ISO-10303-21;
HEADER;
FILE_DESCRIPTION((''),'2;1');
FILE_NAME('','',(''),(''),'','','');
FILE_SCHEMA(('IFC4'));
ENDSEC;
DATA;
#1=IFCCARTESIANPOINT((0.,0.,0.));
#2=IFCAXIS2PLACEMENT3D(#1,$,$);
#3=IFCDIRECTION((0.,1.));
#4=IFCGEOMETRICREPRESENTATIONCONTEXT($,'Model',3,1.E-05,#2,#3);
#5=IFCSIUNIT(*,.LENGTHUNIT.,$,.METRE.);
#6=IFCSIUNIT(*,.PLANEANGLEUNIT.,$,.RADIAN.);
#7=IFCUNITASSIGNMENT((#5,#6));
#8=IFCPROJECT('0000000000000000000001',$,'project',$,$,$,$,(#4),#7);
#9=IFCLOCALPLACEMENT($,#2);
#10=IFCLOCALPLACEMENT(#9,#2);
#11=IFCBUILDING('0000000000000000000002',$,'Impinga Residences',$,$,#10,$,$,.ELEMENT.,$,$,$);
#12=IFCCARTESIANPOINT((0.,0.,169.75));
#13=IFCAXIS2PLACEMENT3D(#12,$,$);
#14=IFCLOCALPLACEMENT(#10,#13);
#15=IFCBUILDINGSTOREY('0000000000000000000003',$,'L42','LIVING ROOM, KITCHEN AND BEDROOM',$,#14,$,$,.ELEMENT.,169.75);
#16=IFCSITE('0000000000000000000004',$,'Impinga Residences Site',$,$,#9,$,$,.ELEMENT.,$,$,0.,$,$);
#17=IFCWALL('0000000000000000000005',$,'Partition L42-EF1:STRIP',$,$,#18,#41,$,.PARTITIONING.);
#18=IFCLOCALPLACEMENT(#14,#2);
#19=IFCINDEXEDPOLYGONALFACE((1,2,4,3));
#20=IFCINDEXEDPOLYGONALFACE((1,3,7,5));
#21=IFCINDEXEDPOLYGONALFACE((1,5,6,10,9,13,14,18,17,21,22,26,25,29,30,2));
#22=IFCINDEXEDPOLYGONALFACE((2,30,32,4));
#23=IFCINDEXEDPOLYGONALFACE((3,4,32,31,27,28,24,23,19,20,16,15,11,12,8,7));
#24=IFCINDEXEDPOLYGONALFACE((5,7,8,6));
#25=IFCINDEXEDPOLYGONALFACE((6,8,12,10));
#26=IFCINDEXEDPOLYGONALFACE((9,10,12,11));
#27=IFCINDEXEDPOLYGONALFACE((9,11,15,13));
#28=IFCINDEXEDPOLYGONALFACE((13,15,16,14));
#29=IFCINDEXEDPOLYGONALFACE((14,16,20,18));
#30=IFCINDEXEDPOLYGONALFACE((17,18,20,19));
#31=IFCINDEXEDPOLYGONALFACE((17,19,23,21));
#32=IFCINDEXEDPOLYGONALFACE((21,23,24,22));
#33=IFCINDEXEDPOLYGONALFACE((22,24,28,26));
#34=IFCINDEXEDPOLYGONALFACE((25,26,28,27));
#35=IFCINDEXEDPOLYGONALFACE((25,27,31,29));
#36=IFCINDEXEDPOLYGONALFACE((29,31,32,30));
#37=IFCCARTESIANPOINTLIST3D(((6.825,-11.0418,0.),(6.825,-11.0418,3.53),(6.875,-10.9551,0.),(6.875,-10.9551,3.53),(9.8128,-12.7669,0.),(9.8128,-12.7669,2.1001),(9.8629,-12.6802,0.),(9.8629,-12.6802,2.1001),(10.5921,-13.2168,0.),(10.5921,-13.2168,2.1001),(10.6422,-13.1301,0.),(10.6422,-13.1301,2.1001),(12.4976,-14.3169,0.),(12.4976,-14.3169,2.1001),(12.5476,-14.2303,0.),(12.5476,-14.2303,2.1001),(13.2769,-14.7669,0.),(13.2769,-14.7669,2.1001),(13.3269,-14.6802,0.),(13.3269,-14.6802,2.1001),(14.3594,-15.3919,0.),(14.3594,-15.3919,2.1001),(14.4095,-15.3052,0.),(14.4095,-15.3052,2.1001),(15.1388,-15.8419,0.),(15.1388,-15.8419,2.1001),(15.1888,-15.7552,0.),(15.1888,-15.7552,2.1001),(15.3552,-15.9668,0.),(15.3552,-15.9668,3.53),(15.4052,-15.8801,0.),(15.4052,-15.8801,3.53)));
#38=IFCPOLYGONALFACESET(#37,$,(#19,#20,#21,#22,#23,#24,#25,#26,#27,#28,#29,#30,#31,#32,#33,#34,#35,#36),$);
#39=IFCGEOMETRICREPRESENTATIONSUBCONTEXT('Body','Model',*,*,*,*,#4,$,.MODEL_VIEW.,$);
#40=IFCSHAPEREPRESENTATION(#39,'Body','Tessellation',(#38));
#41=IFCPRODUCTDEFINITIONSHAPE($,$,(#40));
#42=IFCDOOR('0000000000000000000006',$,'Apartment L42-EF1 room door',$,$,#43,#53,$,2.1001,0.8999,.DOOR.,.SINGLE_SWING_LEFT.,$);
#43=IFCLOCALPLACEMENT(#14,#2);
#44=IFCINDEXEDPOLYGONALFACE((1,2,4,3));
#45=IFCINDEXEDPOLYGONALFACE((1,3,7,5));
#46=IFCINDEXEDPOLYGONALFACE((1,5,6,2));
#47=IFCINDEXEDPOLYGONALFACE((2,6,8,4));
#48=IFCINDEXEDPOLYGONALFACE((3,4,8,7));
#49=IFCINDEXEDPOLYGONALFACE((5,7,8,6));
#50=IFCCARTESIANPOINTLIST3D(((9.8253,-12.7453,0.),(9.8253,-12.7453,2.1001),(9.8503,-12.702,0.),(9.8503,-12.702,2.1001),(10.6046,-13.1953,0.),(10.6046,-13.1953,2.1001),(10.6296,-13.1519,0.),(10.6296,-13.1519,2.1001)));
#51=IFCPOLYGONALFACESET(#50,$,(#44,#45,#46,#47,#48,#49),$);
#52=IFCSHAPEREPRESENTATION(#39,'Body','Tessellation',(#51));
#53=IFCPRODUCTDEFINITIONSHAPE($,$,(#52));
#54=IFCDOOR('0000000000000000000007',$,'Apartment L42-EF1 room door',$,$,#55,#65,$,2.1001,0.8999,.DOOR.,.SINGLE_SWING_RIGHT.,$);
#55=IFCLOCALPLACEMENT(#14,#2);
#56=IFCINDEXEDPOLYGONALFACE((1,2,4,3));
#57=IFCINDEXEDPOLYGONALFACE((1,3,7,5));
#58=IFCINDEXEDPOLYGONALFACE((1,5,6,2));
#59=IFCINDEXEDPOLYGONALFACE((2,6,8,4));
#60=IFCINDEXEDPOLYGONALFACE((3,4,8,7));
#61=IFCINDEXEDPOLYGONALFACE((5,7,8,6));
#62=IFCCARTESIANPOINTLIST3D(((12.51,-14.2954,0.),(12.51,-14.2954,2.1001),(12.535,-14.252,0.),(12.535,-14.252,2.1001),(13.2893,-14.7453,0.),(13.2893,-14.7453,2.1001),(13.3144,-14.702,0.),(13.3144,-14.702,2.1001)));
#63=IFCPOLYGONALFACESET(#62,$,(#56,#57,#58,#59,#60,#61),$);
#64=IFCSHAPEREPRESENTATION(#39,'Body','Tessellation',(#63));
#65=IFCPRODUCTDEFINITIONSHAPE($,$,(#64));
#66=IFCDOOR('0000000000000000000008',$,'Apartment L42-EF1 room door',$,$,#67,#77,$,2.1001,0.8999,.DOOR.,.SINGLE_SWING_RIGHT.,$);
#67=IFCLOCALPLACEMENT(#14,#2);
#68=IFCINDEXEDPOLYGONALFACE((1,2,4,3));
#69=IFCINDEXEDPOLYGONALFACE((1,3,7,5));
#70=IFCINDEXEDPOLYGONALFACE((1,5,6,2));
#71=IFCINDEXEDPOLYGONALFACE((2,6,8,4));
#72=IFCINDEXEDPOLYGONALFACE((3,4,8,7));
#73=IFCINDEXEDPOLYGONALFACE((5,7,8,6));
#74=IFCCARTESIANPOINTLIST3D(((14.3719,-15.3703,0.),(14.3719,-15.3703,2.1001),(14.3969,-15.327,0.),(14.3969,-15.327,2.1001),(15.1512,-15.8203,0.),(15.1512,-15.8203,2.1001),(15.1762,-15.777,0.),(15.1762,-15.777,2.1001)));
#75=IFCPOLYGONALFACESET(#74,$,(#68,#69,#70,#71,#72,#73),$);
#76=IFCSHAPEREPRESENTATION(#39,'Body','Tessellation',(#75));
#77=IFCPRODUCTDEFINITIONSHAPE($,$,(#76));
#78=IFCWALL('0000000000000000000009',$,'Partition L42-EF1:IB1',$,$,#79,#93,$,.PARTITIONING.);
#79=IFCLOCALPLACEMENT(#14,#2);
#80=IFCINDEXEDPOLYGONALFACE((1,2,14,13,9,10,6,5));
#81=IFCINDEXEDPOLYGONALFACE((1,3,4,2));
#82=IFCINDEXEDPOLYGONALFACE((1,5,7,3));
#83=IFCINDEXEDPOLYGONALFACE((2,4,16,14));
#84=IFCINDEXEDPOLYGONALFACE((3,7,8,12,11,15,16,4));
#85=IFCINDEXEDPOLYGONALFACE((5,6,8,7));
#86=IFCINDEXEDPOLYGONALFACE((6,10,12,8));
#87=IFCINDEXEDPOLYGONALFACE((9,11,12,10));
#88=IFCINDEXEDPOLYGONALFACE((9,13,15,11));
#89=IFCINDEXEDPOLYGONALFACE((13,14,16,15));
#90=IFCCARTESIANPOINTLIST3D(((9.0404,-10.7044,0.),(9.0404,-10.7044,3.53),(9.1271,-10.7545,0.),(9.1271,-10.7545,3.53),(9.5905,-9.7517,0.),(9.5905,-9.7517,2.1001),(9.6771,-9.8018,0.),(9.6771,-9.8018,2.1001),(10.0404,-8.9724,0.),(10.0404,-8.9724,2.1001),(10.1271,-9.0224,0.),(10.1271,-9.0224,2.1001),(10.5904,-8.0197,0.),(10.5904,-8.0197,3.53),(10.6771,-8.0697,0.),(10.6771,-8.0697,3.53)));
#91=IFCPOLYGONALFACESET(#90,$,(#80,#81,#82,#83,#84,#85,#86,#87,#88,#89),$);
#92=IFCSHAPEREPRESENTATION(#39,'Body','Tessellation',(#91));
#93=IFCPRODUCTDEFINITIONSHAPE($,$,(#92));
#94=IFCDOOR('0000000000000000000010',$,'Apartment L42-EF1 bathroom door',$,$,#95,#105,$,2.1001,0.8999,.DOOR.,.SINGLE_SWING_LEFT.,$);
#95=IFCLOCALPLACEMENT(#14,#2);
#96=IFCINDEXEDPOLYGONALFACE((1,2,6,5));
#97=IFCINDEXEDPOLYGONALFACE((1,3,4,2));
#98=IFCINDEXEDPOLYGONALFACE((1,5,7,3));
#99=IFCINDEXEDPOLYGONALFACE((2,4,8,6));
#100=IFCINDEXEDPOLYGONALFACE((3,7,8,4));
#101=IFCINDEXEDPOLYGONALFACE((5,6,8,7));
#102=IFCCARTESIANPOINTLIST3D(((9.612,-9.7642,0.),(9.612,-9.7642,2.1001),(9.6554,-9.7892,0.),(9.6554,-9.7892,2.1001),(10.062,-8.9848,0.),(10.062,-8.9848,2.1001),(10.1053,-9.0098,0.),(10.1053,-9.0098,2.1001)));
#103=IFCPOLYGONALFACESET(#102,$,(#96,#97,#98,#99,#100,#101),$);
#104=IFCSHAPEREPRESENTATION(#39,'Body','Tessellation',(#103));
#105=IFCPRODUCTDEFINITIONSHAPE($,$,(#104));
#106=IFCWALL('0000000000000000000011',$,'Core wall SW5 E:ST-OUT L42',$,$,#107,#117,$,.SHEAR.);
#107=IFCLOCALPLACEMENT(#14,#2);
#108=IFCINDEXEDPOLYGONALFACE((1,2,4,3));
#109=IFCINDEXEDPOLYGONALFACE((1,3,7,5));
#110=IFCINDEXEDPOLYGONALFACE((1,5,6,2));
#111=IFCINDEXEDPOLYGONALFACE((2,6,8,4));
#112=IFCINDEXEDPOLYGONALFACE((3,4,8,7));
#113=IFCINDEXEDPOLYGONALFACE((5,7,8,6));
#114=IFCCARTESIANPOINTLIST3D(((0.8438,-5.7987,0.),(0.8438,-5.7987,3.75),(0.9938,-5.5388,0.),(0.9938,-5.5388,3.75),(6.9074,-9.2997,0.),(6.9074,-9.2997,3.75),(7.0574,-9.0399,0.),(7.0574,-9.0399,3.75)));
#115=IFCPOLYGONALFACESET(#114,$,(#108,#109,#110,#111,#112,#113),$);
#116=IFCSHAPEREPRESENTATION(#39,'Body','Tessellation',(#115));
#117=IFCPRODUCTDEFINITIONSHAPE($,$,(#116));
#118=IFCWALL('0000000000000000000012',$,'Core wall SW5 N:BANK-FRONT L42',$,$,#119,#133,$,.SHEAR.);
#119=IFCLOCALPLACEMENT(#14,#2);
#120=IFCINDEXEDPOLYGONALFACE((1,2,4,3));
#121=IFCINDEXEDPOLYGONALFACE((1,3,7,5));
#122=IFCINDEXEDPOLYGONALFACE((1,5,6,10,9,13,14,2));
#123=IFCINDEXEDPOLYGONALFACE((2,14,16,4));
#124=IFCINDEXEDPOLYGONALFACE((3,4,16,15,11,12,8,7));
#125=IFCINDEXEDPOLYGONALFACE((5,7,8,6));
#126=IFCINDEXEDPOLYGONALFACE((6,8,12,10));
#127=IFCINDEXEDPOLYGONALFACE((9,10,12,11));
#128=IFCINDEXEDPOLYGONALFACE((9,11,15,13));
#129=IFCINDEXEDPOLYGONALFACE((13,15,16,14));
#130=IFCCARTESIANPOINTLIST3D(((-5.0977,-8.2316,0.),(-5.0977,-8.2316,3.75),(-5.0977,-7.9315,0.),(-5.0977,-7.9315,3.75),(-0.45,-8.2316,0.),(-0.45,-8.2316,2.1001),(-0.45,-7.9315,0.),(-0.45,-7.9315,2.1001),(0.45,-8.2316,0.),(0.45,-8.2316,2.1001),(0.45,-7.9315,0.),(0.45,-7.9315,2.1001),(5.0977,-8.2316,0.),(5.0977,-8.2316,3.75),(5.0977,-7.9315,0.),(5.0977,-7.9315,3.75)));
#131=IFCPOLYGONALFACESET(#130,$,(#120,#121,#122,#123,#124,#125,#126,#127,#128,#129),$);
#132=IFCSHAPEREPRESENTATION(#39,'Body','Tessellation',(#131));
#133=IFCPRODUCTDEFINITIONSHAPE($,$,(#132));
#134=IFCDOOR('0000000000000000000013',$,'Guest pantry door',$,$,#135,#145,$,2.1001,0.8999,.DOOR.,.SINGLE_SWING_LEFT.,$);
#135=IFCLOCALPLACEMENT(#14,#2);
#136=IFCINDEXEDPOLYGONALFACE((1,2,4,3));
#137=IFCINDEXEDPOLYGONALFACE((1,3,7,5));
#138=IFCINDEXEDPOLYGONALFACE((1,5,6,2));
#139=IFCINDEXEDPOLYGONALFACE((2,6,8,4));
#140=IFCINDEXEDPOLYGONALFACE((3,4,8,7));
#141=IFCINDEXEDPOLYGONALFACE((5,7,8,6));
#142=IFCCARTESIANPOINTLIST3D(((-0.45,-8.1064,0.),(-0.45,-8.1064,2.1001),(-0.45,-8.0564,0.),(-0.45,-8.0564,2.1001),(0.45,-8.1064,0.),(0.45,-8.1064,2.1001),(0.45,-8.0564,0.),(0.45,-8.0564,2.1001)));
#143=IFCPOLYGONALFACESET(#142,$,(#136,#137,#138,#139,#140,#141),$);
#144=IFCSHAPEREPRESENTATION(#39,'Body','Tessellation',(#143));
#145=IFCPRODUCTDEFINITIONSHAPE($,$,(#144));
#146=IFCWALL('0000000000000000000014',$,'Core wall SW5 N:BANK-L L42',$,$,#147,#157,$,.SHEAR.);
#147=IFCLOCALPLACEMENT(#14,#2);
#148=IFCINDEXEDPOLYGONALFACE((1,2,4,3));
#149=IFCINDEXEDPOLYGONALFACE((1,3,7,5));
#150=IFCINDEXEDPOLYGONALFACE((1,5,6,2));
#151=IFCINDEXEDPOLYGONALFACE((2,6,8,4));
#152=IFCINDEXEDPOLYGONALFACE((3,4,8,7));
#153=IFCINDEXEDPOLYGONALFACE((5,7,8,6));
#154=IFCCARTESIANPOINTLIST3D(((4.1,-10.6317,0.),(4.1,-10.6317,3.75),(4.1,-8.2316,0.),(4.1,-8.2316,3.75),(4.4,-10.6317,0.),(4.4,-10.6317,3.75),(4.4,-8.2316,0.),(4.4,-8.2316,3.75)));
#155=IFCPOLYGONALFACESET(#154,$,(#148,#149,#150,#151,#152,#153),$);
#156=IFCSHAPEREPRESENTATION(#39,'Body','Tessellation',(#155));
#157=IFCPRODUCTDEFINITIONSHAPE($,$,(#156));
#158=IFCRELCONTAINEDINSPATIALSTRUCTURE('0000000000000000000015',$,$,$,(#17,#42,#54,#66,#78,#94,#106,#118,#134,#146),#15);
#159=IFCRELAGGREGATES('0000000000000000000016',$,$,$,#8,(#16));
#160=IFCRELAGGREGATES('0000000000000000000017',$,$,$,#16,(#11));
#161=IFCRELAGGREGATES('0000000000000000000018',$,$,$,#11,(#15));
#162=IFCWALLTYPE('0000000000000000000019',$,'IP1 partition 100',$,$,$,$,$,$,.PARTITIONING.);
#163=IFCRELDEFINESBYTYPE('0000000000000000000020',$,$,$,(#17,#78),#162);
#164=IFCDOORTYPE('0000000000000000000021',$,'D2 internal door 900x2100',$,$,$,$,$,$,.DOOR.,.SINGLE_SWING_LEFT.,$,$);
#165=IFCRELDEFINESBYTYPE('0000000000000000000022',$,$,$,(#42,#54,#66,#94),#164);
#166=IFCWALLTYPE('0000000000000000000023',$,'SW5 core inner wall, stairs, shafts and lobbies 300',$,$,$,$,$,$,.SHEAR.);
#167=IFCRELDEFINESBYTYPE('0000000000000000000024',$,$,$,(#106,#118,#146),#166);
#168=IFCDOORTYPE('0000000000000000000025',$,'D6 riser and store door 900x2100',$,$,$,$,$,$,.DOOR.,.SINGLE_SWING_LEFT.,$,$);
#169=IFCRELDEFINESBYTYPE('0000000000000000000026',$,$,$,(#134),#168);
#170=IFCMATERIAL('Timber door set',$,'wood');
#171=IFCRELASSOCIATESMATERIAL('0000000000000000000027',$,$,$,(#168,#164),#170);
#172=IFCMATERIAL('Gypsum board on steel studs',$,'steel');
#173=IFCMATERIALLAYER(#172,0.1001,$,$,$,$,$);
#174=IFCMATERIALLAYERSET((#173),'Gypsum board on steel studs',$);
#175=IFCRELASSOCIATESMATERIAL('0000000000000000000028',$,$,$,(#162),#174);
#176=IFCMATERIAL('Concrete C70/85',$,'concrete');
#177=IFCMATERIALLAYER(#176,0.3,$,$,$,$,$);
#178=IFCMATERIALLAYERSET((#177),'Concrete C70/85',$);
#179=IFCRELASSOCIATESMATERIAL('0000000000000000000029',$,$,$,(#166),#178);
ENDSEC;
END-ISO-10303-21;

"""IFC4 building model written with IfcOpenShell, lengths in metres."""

from ifc_helpers import new_model, si_unit, direction, frame, frame_2d, origin, place, context, subcontext, project, spatial, rectangle, extrude, material, layer, layer_set, type_object, element, fill, save


model = new_model("IFC4")

# Units and contexts
model_context = context("Model", 3, precision=1e-05, world=origin(), true_north=direction((0.0, 1.0)))
body_context = subcontext(model_context, "Body", "Model", "MODEL_VIEW")
ifc_project = project(units=[si_unit("LENGTHUNIT", "METRE"), si_unit("PLANEANGLEUNIT", "RADIAN")], contexts=[model_context])

# Site, building, storey
site_placement = place(None, origin())
site = spatial("IfcSite", under=ifc_project, at=site_placement, Name="Impinga Residences Site", CompositionType="ELEMENT", RefElevation=0.0)
building_placement = place(site_placement, origin())
building = spatial("IfcBuilding", under=site, at=building_placement, Name="Impinga Residences", CompositionType="ELEMENT")
storey_placement = place(building_placement, frame((0.0, 0.0, 169.75)))
storey = spatial("IfcBuildingStorey", under=building, at=storey_placement, Name="L42", Description="LIVING ROOM, KITCHEN AND BEDROOM", CompositionType="ELEMENT", Elevation=169.75)

# Shared definitions
ifc_material_1 = material(Name="Timber door set", Category="wood")

# Shared definitions
door_type_1 = type_object("IfcDoorType", Name="D6 riser and store door 900x2100", OperationType="SINGLE_SWING_LEFT", PredefinedType="DOOR", material=ifc_material_1)

# Shared definitions
ifc_material_2 = material(Name="Gypsum board on steel studs", Category="steel")
ifc_layer_1 = layer(ifc_material_2, 0.1001)
ifc_layer_set_1 = layer_set([ifc_layer_1], Name="Gypsum board on steel studs")
wall_type_1 = type_object("IfcWallType", Name="IP1 partition 100", PredefinedType="PARTITIONING", material=ifc_layer_set_1)

# Wall, openings, doors
wall_1_placement = place(storey_placement, frame((6.8501, -10.9985, 0.0), z_axis=(0.0, 0.0, 1.0), x_axis=(0.866021, -0.500007, 0.0)))
wall_1 = element("IfcWall", 1, at=wall_1_placement, inside=storey, type_object=wall_type_1, Name="Partition L42-EF1:STRIP", PredefinedType="PARTITIONING", context=body_context, shape_type="SweptSolid", body=[
    extrude(rectangle(XDim=9.8499, YDim=0.1001, at=frame_2d((4.9248, 0.0))), origin(), (0.0, 0.0, 1.0), 3.53),
])
opening_1_placement = place(wall_1_placement, frame((3.45, 0.0, 0.0)))
opening_1 = element("IfcOpeningElement", 2, at=opening_1_placement, cuts=wall_1, PredefinedType="OPENING", context=body_context, shape_type="SweptSolid", body=[
    extrude(rectangle(XDim=0.8999, YDim=2.1001, at=frame_2d((0.45, 1.05))), frame((0.0, 0.0601, 0.0), z_axis=(0.0, -1.0, 0.0), x_axis=(1.0, 0.0, 0.0)), (0.0, 0.0, 1.0), 0.1201),
])
opening_2_placement = place(wall_1_placement, frame((6.55, 0.0, 0.0)))
opening_2 = element("IfcOpeningElement", 3, at=opening_2_placement, cuts=wall_1, PredefinedType="OPENING", context=body_context, shape_type="SweptSolid", body=[
    extrude(rectangle(XDim=0.8999, YDim=2.1001, at=frame_2d((0.45, 1.05))), frame((0.0, 0.0601, 0.0), z_axis=(0.0, -1.0, 0.0), x_axis=(1.0, 0.0, 0.0)), (0.0, 0.0, 1.0), 0.1201),
])
opening_3_placement = place(wall_1_placement, frame((8.7, 0.0, 0.0)))
opening_3 = element("IfcOpeningElement", 4, at=opening_3_placement, cuts=wall_1, PredefinedType="OPENING", context=body_context, shape_type="SweptSolid", body=[
    extrude(rectangle(XDim=0.8999, YDim=2.1001, at=frame_2d((0.45, 1.05))), frame((0.0, 0.0601, 0.0), z_axis=(0.0, -1.0, 0.0), x_axis=(1.0, 0.0, 0.0)), (0.0, 0.0, 1.0), 0.1201),
])
door_type_2 = type_object("IfcDoorType", Name="D2 internal door 900x2100", OperationType="SINGLE_SWING_LEFT", PredefinedType="DOOR", material=ifc_material_1)
door_1_placement = place(opening_1_placement, origin())
door_1 = element("IfcDoor", 5, at=door_1_placement, inside=storey, type_object=door_type_2, Name="Apartment L42-EF1 room door", OperationType="SINGLE_SWING_LEFT", OverallHeight=2.1001, OverallWidth=0.8999, PredefinedType="DOOR", context=body_context, shape_type="SweptSolid", body=[
    extrude(rectangle(XDim=0.8999, YDim=2.1001, at=frame_2d((0.45, 1.05))), frame((0.0, 0.0249, 0.0), z_axis=(0.0, -1.0, 0.0), x_axis=(1.0, 0.0, 0.0)), (0.0, 0.0, 1.0), 0.05),
])
fill(opening_1, door_1)
door_2_placement = place(opening_2_placement, origin())
door_2 = element("IfcDoor", 6, at=door_2_placement, inside=storey, type_object=door_type_2, Name="Apartment L42-EF1 room door", OperationType="SINGLE_SWING_RIGHT", OverallHeight=2.1001, OverallWidth=0.8999, PredefinedType="DOOR", context=body_context, shape_type="SweptSolid", body=[
    extrude(rectangle(XDim=0.8999, YDim=2.1001, at=frame_2d((0.45, 1.05))), frame((0.0, 0.0249, 0.0), z_axis=(0.0, -1.0, 0.0), x_axis=(1.0, 0.0, 0.0)), (0.0, 0.0, 1.0), 0.05),
])
fill(opening_2, door_2)
door_3_placement = place(opening_3_placement, origin())
door_3 = element("IfcDoor", 7, at=door_3_placement, inside=storey, type_object=door_type_2, Name="Apartment L42-EF1 room door", OperationType="SINGLE_SWING_RIGHT", OverallHeight=2.1001, OverallWidth=0.8999, PredefinedType="DOOR", context=body_context, shape_type="SweptSolid", body=[
    extrude(rectangle(XDim=0.8999, YDim=2.1001, at=frame_2d((0.45, 1.05))), frame((0.0, 0.0249, 0.0), z_axis=(0.0, -1.0, 0.0), x_axis=(1.0, 0.0, 0.0)), (0.0, 0.0, 1.0), 0.05),
])
fill(opening_3, door_3)

# Wall, opening, door
wall_2_placement = place(storey_placement, frame((10.6338, -8.0447, 0.0), z_axis=(0.0, 0.0, 1.0), x_axis=(-0.499993, -0.86603, 0.0)))
wall_2 = element("IfcWall", 8, at=wall_2_placement, inside=storey, type_object=wall_type_1, Name="Partition L42-EF1:IB1", PredefinedType="PARTITIONING", context=body_context, shape_type="SweptSolid", body=[
    extrude(rectangle(XDim=3.1001, YDim=0.1001, at=frame_2d((1.55, 0.0))), origin(), (0.0, 0.0, 1.0), 3.53),
])
opening_4_placement = place(wall_2_placement, frame((1.1001, 0.0, 0.0)))
opening_4 = element("IfcOpeningElement", 9, at=opening_4_placement, cuts=wall_2, PredefinedType="OPENING", context=body_context, shape_type="SweptSolid", body=[
    extrude(rectangle(XDim=0.8999, YDim=2.1001, at=frame_2d((0.45, 1.05))), frame((0.0, 0.0601, 0.0), z_axis=(0.0, -1.0, 0.0), x_axis=(1.0, 0.0, 0.0)), (0.0, 0.0, 1.0), 0.1201),
])
door_4_placement = place(opening_4_placement, origin())
door_4 = element("IfcDoor", 10, at=door_4_placement, inside=storey, type_object=door_type_2, Name="Apartment L42-EF1 bathroom door", OperationType="SINGLE_SWING_LEFT", OverallHeight=2.1001, OverallWidth=0.8999, PredefinedType="DOOR", context=body_context, shape_type="SweptSolid", body=[
    extrude(rectangle(XDim=0.8999, YDim=2.1001, at=frame_2d((0.45, 1.05))), frame((0.0, 0.0249, 0.0), z_axis=(0.0, -1.0, 0.0), x_axis=(1.0, 0.0, 0.0)), (0.0, 0.0, 1.0), 0.05),
])
fill(opening_4, door_4)

# Wall
ifc_material_3 = material(Name="Concrete C70/85", Category="concrete")
ifc_layer_2 = layer(ifc_material_3, 0.3)
ifc_layer_set_2 = layer_set([ifc_layer_2], Name="Concrete C70/85")
wall_type_2 = type_object("IfcWallType", Name="SW5 core inner wall, stairs, shafts and lobbies 300", PredefinedType="SHEAR", material=ifc_layer_set_2)
wall_3_placement = place(storey_placement, frame((0.9187, -5.6687, 0.0), z_axis=(0.0, 0.0, 1.0), x_axis=(0.866011, -0.500024, 0.0)))
element("IfcWall", 11, at=wall_3_placement, inside=storey, type_object=wall_type_2, Name="Core wall SW5 E:ST-OUT L42", PredefinedType="SHEAR", context=body_context, shape_type="SweptSolid", body=[
    extrude(rectangle(XDim=7.0017, YDim=0.3, at=frame_2d((3.501, 0.0))), origin(), (0.0, 0.0, 1.0), 3.75),
])

# Wall, opening, door
wall_4_placement = place(storey_placement, frame((5.0977, -8.0815, 0.0), z_axis=(0.0, 0.0, 1.0), x_axis=(-1.0, 0.0, 0.0)))
wall_4 = element("IfcWall", 12, at=wall_4_placement, inside=storey, type_object=wall_type_2, Name="Core wall SW5 N:BANK-FRONT L42", PredefinedType="SHEAR", context=body_context, shape_type="SweptSolid", body=[
    extrude(rectangle(XDim=10.1953, YDim=0.3, at=frame_2d((5.0977, 0.0))), origin(), (0.0, 0.0, 1.0), 3.75),
])
opening_5_placement = place(wall_4_placement, frame((4.6477, 0.0, 0.0)))
opening_5 = element("IfcOpeningElement", 13, at=opening_5_placement, cuts=wall_4, PredefinedType="OPENING", context=body_context, shape_type="SweptSolid", body=[
    extrude(rectangle(XDim=0.8999, YDim=2.1001, at=frame_2d((0.45, 1.05))), frame((0.0, 0.1599, 0.0), z_axis=(0.0, -1.0, 0.0), x_axis=(1.0, 0.0, 0.0)), (0.0, 0.0, 1.0), 0.3201),
])
door_5_placement = place(opening_5_placement, origin())
door_5 = element("IfcDoor", 14, at=door_5_placement, inside=storey, type_object=door_type_1, Name="Guest pantry door", OperationType="SINGLE_SWING_LEFT", OverallHeight=2.1001, OverallWidth=0.8999, PredefinedType="DOOR", context=body_context, shape_type="SweptSolid", body=[
    extrude(rectangle(XDim=0.8999, YDim=2.1001, at=frame_2d((0.45, 1.05))), frame((0.0, 0.0249, 0.0), z_axis=(0.0, -1.0, 0.0), x_axis=(1.0, 0.0, 0.0)), (0.0, 0.0, 1.0), 0.05),
])
fill(opening_5, door_5)

# Wall
wall_5_placement = place(storey_placement, frame((4.25, -8.2314, 0.0), z_axis=(0.0, 0.0, 1.0), x_axis=(0.0, -1.0, 0.0)))
element("IfcWall", 15, at=wall_5_placement, inside=storey, type_object=wall_type_2, Name="Core wall SW5 N:BANK-L L42", PredefinedType="SHEAR", context=body_context, shape_type="SweptSolid", body=[
    extrude(rectangle(XDim=2.4001, YDim=0.3, at=frame_2d((1.2002, 0.0))), origin(), (0.0, 0.0, 1.0), 3.75),
])

save(model, "model.ifc")
